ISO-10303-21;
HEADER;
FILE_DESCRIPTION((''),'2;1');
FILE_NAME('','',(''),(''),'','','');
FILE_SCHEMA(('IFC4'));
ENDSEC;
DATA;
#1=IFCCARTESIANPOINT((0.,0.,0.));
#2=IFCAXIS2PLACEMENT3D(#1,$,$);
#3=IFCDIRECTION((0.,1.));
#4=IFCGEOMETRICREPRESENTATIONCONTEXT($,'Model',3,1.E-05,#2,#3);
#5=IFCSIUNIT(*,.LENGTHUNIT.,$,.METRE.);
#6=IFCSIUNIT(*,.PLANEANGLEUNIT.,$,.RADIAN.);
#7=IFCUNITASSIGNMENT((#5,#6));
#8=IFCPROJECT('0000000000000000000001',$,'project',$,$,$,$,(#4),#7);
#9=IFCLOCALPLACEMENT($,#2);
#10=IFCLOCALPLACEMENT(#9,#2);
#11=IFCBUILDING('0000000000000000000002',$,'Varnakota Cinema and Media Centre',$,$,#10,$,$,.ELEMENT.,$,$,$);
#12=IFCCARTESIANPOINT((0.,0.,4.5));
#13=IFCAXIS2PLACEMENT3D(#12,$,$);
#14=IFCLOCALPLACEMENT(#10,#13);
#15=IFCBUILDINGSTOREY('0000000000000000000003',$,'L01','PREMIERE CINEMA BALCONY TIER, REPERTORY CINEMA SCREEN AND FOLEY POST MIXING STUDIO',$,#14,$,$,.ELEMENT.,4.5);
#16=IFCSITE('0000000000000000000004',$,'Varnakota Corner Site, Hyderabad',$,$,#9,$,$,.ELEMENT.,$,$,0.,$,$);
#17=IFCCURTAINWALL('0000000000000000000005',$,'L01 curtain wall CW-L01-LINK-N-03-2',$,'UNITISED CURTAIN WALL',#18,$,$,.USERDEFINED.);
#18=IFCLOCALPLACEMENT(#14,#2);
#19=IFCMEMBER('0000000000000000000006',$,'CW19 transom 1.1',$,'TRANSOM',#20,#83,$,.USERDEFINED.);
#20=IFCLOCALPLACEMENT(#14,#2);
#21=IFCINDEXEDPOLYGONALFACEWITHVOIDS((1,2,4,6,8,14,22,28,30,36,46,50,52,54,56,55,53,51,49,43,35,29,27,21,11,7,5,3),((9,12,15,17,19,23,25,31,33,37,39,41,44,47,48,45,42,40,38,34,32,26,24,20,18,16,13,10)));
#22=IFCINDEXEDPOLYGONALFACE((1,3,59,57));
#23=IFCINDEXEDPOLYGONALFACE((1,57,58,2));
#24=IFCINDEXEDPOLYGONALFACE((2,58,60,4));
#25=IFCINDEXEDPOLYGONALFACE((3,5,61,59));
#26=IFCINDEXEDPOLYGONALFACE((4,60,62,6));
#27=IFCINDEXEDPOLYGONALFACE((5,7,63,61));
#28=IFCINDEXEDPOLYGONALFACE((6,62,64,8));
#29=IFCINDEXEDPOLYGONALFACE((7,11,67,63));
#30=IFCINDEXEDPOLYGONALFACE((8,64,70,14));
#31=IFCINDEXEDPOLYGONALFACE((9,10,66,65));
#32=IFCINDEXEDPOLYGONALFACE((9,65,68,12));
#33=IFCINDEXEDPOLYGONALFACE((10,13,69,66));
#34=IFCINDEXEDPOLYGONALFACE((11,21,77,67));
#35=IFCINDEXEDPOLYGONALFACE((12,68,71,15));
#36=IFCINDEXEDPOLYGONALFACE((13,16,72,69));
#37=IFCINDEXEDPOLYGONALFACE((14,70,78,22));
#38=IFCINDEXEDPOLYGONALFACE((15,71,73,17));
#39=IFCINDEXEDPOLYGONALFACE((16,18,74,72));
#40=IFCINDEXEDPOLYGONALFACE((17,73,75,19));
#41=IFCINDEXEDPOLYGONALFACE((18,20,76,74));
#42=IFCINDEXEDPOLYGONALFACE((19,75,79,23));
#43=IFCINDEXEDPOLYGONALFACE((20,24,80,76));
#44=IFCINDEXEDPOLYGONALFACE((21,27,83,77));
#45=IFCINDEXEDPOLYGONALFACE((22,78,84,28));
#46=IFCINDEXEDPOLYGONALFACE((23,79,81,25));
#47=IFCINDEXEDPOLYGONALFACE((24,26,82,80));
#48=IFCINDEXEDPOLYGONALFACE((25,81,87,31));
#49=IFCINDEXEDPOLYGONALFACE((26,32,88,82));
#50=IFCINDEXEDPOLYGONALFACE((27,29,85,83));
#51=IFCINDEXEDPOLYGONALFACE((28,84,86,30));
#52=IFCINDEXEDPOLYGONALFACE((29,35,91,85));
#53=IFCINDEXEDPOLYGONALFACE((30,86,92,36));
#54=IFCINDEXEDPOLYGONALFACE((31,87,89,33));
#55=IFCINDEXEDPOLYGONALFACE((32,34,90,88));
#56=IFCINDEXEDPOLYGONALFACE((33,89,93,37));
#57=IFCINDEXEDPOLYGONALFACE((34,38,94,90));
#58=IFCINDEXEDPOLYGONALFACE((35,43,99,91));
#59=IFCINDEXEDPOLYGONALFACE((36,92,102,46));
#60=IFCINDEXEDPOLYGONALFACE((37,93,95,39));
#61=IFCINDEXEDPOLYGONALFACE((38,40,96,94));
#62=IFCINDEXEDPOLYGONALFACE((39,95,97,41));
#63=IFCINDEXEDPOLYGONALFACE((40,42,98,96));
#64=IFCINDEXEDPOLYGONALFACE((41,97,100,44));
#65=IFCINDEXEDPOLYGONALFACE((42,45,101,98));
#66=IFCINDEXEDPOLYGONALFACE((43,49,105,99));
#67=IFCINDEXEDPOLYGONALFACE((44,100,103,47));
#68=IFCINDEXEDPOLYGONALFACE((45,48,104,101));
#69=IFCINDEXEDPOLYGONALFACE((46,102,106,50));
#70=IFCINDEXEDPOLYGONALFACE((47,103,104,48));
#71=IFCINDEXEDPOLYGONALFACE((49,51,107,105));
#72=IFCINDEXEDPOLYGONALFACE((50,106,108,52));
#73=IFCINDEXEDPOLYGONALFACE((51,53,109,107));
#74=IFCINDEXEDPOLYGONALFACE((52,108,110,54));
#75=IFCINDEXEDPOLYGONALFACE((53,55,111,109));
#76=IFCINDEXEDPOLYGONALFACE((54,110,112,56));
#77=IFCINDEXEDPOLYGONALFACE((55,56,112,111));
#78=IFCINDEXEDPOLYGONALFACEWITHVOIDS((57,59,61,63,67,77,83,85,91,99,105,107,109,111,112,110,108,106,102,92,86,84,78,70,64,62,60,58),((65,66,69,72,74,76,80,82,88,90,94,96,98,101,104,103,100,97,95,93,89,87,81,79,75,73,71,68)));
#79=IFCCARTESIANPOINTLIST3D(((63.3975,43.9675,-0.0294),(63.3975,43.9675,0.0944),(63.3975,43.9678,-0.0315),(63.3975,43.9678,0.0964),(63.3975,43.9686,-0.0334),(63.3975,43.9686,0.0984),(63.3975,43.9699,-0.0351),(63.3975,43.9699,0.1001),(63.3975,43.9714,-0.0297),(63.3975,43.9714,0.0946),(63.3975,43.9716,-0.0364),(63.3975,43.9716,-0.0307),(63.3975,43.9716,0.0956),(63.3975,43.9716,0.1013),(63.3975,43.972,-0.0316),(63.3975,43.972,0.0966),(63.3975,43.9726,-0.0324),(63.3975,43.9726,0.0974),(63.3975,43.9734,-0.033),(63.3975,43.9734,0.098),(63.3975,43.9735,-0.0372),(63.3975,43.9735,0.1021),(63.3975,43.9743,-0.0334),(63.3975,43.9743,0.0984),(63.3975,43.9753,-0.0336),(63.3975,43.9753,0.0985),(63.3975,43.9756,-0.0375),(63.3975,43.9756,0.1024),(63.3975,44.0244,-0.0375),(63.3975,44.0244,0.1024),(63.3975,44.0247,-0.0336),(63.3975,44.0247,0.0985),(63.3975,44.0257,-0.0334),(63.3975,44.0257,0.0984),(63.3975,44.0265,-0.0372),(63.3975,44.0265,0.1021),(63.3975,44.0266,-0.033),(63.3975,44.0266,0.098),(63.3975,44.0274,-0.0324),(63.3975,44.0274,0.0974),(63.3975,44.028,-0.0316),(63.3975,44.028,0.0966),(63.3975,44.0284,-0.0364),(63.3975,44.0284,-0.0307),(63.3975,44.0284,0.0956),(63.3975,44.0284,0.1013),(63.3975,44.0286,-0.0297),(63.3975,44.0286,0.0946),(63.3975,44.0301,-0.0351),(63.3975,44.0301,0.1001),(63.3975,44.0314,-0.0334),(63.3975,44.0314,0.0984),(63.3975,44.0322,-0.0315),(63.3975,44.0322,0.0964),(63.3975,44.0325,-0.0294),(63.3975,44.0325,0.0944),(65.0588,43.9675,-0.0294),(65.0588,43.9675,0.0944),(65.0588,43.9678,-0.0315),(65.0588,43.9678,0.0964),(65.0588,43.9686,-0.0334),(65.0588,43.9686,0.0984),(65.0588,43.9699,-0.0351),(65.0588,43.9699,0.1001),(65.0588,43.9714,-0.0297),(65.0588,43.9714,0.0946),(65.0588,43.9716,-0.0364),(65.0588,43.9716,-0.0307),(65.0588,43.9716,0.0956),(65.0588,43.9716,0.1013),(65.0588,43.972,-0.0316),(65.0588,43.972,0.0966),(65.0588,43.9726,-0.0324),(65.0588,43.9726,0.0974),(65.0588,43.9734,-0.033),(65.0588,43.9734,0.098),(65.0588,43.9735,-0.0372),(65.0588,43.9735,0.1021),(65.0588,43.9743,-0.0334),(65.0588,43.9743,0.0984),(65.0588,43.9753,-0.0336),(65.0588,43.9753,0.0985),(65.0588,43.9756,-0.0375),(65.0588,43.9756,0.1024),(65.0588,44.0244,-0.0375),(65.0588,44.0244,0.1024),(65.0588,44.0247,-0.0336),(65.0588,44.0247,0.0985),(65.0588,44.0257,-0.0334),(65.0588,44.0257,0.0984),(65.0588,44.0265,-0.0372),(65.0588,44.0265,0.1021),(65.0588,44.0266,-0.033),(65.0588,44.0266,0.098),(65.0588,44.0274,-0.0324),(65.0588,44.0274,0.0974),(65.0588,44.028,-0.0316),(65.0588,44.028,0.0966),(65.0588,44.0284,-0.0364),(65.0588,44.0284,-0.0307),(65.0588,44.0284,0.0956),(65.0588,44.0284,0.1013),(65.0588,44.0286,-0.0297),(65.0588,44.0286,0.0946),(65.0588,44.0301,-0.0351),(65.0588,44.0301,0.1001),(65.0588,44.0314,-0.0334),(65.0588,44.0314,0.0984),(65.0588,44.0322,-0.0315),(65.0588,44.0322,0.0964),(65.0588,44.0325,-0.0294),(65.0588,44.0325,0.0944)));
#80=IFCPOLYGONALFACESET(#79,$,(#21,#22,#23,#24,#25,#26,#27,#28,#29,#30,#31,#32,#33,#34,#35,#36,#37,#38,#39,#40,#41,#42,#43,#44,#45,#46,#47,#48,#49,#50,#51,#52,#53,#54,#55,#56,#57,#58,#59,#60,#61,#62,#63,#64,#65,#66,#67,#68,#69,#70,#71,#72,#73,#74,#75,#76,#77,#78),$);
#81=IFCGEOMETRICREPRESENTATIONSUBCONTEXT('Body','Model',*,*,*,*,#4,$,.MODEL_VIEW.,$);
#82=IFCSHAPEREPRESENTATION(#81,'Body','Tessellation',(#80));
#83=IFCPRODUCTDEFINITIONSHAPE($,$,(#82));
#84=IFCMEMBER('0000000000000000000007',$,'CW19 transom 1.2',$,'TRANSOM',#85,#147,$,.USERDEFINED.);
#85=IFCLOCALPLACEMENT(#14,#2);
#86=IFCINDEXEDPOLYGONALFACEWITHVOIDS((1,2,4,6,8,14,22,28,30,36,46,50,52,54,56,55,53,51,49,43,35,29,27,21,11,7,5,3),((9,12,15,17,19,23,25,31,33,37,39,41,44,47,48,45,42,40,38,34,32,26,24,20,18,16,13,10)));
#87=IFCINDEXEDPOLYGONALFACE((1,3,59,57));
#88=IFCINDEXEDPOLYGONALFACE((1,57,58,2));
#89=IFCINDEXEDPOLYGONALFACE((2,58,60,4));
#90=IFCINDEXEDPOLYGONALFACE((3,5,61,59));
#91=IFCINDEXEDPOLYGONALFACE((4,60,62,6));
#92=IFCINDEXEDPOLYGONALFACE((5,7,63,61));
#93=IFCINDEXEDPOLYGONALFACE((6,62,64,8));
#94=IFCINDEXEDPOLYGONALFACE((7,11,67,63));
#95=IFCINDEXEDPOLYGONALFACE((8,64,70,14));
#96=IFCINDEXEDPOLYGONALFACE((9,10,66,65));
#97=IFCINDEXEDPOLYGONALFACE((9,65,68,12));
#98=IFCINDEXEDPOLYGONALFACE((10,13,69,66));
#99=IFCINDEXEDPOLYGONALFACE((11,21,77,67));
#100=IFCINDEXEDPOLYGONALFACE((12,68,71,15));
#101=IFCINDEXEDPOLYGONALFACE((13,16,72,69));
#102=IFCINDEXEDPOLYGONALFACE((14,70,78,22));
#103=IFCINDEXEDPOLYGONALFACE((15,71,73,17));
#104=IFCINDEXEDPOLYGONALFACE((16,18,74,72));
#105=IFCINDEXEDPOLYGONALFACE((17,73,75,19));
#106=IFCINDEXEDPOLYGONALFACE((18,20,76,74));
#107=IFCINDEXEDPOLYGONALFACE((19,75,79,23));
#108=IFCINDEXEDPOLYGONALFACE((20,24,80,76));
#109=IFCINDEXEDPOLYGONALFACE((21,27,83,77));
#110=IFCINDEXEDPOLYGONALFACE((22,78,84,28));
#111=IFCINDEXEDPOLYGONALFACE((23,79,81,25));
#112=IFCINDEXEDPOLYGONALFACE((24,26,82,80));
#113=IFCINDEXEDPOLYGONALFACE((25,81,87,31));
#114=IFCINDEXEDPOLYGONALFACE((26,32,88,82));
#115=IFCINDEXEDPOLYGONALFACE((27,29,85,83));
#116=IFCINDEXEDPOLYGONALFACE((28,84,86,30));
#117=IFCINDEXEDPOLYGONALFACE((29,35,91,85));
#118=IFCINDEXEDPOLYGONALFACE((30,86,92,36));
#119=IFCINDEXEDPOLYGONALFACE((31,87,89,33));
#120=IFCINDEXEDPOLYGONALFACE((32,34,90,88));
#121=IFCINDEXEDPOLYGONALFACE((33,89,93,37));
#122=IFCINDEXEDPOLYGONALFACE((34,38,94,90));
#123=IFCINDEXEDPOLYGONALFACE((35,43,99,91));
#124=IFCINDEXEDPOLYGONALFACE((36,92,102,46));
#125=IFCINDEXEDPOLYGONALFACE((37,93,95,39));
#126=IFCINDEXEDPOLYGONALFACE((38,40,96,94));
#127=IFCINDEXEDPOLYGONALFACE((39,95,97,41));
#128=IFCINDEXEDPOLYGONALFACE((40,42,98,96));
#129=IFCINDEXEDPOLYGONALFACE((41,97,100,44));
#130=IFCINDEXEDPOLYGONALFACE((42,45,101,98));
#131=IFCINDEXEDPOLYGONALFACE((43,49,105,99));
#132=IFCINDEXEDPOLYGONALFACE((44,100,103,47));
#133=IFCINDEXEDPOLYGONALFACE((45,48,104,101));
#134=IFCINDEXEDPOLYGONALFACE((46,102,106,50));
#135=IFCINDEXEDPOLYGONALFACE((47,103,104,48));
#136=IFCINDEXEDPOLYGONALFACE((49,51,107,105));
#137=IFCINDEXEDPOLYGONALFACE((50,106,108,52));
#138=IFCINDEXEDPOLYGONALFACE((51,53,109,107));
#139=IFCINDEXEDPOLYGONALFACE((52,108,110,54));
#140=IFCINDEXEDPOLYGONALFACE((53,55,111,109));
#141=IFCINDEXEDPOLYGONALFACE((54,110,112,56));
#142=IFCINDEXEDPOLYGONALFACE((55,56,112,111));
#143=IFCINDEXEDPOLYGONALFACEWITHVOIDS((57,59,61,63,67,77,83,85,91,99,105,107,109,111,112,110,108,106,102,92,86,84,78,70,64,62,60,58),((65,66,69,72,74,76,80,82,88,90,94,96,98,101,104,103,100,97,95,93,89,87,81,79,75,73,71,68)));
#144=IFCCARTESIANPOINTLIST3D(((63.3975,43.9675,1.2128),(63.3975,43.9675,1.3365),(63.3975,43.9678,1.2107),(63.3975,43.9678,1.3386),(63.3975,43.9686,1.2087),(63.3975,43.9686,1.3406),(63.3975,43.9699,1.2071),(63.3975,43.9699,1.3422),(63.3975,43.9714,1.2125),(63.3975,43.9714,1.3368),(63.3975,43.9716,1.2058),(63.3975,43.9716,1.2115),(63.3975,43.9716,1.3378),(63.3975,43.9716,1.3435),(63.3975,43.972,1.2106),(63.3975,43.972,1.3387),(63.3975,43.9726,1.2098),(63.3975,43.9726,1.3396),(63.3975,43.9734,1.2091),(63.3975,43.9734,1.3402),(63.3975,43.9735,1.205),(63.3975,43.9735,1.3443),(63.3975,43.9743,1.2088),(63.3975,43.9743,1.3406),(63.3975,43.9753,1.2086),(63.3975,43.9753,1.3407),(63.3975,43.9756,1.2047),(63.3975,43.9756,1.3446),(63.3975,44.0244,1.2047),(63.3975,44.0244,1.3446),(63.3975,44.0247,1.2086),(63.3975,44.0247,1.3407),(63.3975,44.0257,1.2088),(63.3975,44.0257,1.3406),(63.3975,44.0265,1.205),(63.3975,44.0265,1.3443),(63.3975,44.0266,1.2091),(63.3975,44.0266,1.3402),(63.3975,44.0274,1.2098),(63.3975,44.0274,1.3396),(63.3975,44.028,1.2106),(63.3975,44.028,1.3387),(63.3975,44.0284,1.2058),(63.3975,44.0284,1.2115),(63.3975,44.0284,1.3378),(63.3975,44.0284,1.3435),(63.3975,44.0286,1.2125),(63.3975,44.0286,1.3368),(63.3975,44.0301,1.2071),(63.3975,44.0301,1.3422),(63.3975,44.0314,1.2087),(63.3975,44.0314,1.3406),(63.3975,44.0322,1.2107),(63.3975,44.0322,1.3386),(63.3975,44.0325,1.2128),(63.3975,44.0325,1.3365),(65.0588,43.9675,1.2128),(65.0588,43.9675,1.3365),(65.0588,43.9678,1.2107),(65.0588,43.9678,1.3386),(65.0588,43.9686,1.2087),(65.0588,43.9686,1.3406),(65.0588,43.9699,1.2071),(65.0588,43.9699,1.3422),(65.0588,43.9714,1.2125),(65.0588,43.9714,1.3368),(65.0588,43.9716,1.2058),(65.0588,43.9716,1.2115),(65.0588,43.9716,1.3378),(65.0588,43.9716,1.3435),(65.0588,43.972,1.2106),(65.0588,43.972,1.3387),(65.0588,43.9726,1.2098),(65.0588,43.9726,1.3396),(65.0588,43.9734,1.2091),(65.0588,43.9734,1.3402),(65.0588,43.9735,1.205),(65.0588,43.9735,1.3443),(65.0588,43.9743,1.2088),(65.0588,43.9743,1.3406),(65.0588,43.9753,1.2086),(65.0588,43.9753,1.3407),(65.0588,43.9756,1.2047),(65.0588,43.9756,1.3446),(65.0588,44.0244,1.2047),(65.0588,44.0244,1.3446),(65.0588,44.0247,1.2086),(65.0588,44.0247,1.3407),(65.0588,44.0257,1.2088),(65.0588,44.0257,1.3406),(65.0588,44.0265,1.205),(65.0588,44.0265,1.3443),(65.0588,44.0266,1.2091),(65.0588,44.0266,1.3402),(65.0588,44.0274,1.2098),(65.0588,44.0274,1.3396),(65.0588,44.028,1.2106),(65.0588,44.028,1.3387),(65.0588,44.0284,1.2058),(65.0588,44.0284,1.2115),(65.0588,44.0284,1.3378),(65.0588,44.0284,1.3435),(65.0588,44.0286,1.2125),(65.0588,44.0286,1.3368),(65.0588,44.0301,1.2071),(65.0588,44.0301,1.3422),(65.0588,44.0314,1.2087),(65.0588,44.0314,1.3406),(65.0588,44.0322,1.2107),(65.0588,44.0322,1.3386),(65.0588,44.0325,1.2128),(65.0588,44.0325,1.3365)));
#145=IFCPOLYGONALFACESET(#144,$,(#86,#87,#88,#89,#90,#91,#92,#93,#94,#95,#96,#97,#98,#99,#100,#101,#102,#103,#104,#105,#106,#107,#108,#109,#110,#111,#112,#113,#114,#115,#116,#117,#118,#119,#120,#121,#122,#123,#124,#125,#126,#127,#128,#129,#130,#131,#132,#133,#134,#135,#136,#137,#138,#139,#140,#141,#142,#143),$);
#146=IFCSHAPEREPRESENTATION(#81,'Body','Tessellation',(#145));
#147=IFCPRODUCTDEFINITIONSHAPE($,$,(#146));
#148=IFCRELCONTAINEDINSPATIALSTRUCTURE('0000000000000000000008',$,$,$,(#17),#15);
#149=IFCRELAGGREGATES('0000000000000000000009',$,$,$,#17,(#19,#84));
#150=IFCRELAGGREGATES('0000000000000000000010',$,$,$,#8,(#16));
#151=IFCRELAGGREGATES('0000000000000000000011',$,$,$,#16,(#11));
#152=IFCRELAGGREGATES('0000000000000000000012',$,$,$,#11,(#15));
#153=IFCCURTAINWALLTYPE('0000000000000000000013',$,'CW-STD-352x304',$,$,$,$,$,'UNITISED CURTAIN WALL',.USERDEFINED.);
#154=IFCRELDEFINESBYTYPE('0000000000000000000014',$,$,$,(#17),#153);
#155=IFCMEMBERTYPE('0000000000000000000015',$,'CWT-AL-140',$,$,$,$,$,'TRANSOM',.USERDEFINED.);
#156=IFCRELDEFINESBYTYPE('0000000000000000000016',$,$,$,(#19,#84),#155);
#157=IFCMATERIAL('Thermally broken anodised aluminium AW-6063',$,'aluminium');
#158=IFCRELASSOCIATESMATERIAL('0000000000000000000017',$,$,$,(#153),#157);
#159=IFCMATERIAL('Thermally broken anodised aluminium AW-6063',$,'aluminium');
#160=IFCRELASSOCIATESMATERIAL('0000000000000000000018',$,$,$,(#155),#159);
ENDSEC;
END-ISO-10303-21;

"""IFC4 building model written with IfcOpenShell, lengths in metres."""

from ifc_helpers import new_model, si_unit, direction, frame, origin, origin_2d, place, context, subcontext, project, spatial, hollow_rectangle, extrude, material, material_profile, profile_set, type_object, element, aggregate, save


model = new_model("IFC4")

# Units and contexts
model_context = context("Model", 3, precision=1e-05, world=origin(), true_north=direction((0.0, 1.0)))
body_context = subcontext(model_context, "Body", "Model", "MODEL_VIEW")
ifc_project = project(units=[si_unit("LENGTHUNIT", "METRE"), si_unit("PLANEANGLEUNIT", "RADIAN")], contexts=[model_context])

# Site, building, storey
site_placement = place(None, origin())
site = spatial("IfcSite", under=ifc_project, at=site_placement, Name="Varnakota Corner Site, Hyderabad", CompositionType="ELEMENT", RefElevation=0.0)
building_placement = place(site_placement, origin())
building = spatial("IfcBuilding", under=site, at=building_placement, Name="Varnakota Cinema and Media Centre", CompositionType="ELEMENT")
storey_placement = place(building_placement, frame((0.0, 0.0, 4.5)))
storey = spatial("IfcBuildingStorey", under=building, at=storey_placement, Name="L01", Description="PREMIERE CINEMA BALCONY TIER, REPERTORY CINEMA SCREEN AND FOLEY POST MIXING STUDIO", CompositionType="ELEMENT", Elevation=4.5)

# Shared definitions
ifc_material_1 = material(Name="Thermally broken anodised aluminium AW-6063", Category="aluminium")
curtain_wall_type = type_object("IfcCurtainWallType", Name="CW-STD-352x304", ElementType="UNITISED CURTAIN WALL", PredefinedType="USERDEFINED", material=ifc_material_1)

# Curtain wall
curtain_wall_1_placement = place(storey_placement, origin())
curtain_wall_1 = element("IfcCurtainWall", 1, at=curtain_wall_1_placement, inside=storey, type_object=curtain_wall_type, Name="L01 curtain wall CW-L01-LINK-N-03-2", ObjectType="UNITISED CURTAIN WALL", PredefinedType="USERDEFINED")

# Members
ifc_material_2 = material(Name="Thermally broken anodised aluminium AW-6063", Category="aluminium")
ifc_material_profile_1 = material_profile(ifc_material_2, hollow_rectangle(XDim=0.0649, YDim=0.1399, WallThickness=0.0039, InnerFilletRadius=0.0039, OuterFilletRadius=0.0081, at=origin_2d()), Name="AL-TRANSOM 140x65x4")
ifc_profile_set_1 = profile_set([ifc_material_profile_1], Name="Thermally broken anodised aluminium AW-6063")
member_type_1 = type_object("IfcMemberType", Name="CWT-AL-140", ElementType="TRANSOM", PredefinedType="USERDEFINED", material=ifc_profile_set_1)
member_1_placement = place(storey_placement, frame((63.3975, 44.0, 0.0325), z_axis=(1.0, 0.0, 0.0), x_axis=(0.0, 1.0, 0.0)))
member_1 = element("IfcMember", 2, at=member_1_placement, type_object=member_type_1, Name="CW19 transom 1.1", ObjectType="TRANSOM", PredefinedType="USERDEFINED", context=body_context, shape_type="SweptSolid", body=[
    extrude(hollow_rectangle(XDim=0.0649, YDim=0.1399, WallThickness=0.0039, InnerFilletRadius=0.0039, OuterFilletRadius=0.0081, at=origin_2d()), origin(), (0.0, 0.0, 1.0), 1.6614),
])
member_2_placement = place(storey_placement, frame((63.3975, 44.0, 1.2747), z_axis=(1.0, 0.0, 0.0), x_axis=(0.0, 1.0, 0.0)))
member_2 = element("IfcMember", 3, at=member_2_placement, type_object=member_type_1, Name="CW19 transom 1.2", ObjectType="TRANSOM", PredefinedType="USERDEFINED", context=body_context, shape_type="SweptSolid", body=[
    extrude(hollow_rectangle(XDim=0.0649, YDim=0.1399, WallThickness=0.0039, InnerFilletRadius=0.0039, OuterFilletRadius=0.0081, at=origin_2d()), origin(), (0.0, 0.0, 1.0), 1.6614),
])
aggregate(curtain_wall_1, [member_1, member_2])

save(model, "model.ifc")
